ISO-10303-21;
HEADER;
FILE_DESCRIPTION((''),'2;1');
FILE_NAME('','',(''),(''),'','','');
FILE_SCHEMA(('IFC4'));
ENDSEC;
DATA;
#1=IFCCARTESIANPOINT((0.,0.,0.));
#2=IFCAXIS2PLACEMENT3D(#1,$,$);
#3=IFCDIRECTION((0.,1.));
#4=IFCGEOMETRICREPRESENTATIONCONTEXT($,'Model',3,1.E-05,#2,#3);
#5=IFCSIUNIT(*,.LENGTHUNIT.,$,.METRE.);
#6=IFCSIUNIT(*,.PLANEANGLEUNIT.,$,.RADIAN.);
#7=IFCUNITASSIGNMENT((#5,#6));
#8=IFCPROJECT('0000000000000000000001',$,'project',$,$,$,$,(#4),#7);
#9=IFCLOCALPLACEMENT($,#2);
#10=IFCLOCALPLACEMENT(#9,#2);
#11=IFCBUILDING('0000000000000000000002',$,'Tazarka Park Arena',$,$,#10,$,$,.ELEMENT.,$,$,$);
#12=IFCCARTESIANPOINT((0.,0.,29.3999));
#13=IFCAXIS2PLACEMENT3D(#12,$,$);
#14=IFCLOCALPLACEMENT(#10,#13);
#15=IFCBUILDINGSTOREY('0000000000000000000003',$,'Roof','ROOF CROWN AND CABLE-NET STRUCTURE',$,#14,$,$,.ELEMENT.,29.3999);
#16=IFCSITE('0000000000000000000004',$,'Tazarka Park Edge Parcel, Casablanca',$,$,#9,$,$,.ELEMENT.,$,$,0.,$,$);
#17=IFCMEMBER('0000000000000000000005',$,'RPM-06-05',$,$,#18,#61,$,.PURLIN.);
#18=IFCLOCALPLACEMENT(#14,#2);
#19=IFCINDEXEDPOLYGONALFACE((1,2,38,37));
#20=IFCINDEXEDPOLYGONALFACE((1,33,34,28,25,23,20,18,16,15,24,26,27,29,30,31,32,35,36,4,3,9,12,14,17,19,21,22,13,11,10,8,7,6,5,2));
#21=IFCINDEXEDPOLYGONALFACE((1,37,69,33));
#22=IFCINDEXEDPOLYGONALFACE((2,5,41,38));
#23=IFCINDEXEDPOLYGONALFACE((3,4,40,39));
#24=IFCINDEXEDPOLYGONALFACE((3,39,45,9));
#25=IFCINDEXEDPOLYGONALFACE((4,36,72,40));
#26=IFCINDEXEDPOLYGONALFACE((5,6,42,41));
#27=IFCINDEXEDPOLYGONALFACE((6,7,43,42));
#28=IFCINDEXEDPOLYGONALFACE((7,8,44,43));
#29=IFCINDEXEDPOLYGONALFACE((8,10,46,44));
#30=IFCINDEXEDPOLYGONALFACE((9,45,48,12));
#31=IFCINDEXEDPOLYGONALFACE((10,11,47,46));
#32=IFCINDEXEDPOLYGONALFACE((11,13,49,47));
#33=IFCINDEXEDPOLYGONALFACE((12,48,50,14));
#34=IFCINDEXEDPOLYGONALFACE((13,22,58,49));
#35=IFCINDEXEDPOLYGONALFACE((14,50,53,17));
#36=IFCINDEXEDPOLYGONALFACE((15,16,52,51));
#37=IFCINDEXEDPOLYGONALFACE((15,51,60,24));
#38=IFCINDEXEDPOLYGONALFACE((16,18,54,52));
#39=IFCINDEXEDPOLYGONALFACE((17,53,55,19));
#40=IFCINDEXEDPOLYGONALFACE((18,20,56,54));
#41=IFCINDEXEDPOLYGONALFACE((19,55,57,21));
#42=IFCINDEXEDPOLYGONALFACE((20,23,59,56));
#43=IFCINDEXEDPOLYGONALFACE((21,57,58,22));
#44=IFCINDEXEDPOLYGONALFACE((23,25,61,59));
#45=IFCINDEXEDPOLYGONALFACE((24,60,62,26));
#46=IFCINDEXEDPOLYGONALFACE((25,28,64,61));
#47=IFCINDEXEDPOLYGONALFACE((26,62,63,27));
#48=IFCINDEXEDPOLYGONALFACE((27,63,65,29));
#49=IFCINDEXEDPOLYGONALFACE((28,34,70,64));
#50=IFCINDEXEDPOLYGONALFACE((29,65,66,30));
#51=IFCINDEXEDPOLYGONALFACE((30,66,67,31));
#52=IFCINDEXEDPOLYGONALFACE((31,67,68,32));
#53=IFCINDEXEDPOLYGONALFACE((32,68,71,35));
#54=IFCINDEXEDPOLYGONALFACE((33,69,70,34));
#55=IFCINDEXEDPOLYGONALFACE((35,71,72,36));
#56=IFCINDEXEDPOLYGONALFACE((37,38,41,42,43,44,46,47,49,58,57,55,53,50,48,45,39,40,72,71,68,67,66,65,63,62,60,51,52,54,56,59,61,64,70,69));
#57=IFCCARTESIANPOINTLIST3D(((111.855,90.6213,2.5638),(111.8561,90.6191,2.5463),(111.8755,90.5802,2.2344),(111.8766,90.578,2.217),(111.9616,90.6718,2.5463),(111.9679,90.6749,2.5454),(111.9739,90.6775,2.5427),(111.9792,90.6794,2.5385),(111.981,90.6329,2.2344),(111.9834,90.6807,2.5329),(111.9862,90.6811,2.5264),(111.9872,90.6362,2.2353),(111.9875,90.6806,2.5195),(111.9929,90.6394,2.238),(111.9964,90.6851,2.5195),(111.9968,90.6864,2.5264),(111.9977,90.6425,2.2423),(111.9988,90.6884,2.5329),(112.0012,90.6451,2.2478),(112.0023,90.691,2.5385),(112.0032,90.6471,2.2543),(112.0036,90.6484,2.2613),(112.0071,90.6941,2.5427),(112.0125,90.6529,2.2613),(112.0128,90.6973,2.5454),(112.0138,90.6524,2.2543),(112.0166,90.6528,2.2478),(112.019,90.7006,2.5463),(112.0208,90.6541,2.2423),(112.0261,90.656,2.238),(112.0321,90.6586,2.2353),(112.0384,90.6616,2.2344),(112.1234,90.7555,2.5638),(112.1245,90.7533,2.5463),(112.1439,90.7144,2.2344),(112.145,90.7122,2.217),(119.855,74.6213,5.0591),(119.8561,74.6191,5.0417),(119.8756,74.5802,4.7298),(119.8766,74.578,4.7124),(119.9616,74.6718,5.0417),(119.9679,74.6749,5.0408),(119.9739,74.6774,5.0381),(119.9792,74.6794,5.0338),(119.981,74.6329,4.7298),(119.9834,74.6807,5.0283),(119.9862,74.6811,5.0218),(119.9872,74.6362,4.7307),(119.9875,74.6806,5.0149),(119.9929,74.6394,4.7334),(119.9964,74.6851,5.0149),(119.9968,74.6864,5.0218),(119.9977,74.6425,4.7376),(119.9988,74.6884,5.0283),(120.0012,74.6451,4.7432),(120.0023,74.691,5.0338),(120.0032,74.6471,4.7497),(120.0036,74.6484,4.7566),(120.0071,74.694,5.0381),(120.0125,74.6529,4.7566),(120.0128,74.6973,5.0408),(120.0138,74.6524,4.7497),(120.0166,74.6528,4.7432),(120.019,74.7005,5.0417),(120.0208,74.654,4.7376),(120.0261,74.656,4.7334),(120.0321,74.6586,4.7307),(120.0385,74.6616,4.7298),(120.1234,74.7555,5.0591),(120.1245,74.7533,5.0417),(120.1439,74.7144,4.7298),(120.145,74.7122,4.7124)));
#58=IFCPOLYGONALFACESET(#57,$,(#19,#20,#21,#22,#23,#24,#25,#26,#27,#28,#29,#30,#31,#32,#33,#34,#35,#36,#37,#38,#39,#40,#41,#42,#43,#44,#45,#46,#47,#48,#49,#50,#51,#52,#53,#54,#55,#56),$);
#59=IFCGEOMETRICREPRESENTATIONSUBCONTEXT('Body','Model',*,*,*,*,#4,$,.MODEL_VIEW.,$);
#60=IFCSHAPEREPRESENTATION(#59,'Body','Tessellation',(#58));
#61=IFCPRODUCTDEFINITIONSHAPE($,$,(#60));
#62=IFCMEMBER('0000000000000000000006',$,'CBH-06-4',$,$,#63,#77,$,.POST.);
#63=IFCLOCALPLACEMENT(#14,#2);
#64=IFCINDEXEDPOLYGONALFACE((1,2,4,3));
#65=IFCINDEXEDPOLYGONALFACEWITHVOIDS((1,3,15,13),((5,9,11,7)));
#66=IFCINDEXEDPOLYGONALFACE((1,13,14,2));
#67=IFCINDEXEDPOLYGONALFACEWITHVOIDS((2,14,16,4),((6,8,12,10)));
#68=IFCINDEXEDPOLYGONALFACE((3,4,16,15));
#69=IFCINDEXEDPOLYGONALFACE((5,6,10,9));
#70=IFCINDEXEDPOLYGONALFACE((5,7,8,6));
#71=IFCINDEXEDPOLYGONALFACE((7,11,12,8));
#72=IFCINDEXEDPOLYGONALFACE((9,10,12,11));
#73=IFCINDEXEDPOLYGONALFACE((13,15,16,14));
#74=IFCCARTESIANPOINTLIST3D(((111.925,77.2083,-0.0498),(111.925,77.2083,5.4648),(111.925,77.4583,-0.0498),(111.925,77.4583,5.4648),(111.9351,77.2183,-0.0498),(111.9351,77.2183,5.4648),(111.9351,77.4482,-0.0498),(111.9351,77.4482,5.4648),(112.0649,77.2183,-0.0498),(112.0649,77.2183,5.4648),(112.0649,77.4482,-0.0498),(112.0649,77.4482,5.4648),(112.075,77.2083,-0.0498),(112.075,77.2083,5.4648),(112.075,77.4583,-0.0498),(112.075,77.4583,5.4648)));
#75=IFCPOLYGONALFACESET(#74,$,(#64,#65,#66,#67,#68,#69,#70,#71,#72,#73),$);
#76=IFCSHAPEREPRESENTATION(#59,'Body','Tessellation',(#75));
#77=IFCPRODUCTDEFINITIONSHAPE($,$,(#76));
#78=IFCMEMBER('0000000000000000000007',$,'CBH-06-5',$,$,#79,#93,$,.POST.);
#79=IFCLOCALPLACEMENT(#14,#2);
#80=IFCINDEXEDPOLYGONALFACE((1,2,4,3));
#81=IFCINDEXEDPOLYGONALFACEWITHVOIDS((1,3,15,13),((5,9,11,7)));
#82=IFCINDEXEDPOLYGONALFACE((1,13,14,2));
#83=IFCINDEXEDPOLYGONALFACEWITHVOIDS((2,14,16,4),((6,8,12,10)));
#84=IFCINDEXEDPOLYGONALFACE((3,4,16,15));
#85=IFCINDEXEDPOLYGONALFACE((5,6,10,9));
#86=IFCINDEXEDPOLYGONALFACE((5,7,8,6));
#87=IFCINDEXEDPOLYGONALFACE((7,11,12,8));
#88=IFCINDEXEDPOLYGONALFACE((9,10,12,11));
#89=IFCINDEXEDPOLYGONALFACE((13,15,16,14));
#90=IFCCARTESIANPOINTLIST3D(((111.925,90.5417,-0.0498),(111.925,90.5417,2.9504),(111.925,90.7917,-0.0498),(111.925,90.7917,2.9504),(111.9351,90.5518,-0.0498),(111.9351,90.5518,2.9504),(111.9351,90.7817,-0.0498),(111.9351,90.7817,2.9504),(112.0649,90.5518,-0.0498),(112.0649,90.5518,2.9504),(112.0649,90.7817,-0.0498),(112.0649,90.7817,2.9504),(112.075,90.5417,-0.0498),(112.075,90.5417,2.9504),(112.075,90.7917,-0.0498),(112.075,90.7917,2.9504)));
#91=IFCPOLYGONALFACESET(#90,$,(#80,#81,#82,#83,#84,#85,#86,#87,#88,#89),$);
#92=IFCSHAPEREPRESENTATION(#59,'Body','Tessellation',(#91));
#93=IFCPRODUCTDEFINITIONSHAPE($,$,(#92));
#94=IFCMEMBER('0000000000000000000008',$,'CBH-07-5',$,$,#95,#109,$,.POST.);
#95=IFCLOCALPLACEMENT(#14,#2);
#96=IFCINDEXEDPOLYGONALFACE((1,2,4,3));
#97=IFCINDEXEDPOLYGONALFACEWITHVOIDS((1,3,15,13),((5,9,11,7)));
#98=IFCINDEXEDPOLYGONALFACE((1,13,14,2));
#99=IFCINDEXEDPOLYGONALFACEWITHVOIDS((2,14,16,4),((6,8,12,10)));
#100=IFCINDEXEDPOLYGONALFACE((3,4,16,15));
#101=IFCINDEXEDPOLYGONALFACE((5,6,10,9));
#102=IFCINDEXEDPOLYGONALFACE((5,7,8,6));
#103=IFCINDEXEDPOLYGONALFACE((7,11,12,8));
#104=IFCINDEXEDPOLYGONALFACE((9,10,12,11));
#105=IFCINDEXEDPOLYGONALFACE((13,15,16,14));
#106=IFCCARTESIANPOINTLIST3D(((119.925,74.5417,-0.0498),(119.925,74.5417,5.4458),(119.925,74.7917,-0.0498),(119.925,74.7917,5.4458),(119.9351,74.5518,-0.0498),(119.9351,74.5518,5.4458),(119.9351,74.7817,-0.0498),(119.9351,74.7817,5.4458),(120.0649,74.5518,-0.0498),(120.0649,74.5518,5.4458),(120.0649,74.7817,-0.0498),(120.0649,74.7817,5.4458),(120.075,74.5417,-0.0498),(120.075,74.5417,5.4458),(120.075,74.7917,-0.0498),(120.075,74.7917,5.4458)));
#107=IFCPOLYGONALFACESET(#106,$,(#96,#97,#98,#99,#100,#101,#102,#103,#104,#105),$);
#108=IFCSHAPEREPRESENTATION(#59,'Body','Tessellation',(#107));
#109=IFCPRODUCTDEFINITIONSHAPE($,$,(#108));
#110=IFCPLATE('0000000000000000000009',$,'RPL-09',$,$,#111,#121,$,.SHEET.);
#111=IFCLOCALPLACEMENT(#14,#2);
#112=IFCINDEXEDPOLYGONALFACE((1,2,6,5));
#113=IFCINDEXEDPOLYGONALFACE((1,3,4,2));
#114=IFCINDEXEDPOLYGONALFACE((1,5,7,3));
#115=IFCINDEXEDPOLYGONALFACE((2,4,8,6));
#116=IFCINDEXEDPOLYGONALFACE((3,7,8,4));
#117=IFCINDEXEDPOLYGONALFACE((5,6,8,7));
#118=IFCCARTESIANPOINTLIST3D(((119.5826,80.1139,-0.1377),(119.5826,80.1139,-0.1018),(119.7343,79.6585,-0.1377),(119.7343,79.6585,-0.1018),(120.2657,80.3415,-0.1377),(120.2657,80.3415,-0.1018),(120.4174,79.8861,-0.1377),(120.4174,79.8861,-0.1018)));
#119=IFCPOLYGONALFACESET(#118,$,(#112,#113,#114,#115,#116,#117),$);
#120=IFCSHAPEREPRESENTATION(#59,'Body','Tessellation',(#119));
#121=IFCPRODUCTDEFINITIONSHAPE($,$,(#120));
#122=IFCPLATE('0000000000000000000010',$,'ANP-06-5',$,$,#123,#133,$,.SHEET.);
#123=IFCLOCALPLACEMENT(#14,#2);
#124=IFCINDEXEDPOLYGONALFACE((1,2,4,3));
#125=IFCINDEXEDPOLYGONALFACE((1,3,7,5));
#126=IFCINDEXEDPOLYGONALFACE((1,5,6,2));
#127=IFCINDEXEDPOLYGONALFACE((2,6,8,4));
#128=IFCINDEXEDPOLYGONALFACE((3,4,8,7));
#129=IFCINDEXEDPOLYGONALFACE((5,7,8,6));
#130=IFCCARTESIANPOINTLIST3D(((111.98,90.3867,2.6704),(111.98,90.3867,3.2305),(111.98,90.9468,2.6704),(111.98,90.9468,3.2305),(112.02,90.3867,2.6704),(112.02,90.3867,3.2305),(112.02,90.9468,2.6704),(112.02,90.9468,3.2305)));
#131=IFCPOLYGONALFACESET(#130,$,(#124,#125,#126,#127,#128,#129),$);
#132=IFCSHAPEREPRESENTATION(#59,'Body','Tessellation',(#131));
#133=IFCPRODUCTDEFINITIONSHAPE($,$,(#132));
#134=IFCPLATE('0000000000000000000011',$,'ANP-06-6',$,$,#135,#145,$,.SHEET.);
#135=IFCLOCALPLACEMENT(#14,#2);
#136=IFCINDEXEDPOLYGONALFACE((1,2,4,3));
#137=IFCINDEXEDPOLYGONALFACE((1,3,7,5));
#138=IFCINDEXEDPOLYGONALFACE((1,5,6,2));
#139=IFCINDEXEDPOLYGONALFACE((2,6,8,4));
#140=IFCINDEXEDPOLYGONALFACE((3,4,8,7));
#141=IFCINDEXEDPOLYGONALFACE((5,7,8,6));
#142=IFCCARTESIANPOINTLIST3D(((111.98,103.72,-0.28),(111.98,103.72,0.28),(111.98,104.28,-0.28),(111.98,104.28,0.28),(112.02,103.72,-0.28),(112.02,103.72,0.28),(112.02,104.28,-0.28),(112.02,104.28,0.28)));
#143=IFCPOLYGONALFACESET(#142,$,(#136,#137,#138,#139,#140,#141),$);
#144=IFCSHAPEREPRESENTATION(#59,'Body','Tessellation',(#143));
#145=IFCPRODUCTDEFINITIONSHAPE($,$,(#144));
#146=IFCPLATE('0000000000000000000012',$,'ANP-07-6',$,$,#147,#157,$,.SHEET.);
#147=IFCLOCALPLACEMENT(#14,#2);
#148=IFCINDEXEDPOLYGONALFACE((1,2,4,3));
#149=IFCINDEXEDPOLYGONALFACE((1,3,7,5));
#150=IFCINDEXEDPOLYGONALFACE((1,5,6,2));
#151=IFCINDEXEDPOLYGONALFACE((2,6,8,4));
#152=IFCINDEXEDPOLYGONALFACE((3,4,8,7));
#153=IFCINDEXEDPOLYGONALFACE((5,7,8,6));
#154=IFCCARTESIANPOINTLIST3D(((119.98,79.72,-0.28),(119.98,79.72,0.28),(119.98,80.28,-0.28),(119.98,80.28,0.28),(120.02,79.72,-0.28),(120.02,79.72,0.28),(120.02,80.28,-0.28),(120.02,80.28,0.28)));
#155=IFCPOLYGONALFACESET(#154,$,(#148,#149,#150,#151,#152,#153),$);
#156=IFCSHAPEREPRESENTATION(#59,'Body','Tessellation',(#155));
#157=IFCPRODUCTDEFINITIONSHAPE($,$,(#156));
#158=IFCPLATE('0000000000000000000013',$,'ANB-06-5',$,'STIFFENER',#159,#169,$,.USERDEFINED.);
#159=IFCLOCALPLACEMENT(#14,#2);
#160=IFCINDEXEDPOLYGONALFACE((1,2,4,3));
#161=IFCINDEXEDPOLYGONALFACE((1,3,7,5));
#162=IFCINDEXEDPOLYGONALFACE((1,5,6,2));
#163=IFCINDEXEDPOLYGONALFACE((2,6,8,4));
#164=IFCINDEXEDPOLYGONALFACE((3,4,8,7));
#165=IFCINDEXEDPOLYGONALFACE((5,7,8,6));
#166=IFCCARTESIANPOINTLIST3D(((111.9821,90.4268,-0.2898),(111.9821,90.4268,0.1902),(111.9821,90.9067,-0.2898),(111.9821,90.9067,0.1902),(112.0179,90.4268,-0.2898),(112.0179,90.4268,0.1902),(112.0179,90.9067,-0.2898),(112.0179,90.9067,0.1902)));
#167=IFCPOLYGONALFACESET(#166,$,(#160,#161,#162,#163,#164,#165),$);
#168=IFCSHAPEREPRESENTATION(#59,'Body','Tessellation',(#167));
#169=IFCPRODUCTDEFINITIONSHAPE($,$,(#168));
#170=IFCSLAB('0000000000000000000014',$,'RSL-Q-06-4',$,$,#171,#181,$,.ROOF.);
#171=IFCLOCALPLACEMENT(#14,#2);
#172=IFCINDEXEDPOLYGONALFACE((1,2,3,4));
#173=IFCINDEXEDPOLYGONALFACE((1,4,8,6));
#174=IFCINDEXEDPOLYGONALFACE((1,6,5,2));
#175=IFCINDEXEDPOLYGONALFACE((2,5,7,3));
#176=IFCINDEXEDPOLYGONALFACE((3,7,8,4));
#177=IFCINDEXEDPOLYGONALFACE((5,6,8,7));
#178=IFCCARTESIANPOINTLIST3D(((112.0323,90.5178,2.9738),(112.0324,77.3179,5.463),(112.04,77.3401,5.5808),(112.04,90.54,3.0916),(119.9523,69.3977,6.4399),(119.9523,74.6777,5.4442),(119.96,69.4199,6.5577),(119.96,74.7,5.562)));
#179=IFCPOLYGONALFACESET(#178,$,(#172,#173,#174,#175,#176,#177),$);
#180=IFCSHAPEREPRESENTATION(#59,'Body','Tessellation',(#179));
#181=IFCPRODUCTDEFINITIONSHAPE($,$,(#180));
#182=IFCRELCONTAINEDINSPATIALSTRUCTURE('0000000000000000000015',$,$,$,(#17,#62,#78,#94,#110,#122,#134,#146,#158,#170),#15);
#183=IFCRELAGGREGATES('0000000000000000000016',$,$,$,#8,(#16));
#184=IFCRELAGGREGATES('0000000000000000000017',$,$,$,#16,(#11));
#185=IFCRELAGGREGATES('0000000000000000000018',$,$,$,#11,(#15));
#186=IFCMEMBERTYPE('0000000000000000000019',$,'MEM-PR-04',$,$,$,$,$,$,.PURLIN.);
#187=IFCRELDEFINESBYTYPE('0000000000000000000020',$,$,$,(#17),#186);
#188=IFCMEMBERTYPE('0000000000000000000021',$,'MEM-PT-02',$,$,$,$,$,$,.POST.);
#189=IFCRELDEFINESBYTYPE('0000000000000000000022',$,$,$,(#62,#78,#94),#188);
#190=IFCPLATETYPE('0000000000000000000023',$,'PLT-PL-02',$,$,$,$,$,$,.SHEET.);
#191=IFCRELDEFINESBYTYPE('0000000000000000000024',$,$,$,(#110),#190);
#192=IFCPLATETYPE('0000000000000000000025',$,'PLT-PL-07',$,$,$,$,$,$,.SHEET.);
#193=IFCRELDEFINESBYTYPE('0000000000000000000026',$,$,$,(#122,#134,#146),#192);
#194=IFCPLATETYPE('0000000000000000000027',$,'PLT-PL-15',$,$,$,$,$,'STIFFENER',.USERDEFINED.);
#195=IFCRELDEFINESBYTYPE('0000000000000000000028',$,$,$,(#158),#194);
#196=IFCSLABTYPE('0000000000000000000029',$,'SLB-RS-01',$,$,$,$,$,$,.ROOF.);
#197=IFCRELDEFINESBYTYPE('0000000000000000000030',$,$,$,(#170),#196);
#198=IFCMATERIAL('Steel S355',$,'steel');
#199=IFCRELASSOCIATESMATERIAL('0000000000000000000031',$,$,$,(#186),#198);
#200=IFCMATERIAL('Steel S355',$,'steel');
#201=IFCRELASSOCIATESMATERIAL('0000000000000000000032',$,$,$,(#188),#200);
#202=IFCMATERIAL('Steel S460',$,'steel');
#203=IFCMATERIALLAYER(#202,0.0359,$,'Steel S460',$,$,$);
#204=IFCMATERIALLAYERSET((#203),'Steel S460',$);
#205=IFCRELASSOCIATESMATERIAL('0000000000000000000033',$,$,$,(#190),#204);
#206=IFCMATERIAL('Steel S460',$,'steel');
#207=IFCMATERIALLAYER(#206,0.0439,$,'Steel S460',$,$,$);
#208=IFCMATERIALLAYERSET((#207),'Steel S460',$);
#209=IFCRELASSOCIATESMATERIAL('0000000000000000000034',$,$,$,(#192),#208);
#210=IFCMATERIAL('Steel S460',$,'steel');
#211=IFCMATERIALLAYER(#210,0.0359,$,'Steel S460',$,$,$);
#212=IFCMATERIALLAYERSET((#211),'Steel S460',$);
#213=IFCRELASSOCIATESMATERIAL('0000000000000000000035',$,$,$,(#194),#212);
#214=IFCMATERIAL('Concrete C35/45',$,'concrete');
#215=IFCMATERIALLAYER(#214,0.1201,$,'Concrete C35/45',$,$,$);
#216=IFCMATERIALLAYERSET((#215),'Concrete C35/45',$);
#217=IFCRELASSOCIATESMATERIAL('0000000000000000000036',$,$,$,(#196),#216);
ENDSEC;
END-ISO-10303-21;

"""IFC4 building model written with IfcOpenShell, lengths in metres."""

from ifc_helpers import new_model, si_unit, direction, frame, origin, origin_2d, place, context, subcontext, project, spatial, polyline, rectangle, hollow_rectangle, i_section, outline, extrude, material, layer, layer_set, material_profile, profile_set, type_object, element, save


model = new_model("IFC4")

# Units and contexts
model_context = context("Model", 3, precision=1e-05, world=origin(), true_north=direction((0.0, 1.0)))
body_context = subcontext(model_context, "Body", "Model", "MODEL_VIEW")
ifc_project = project(units=[si_unit("LENGTHUNIT", "METRE"), si_unit("PLANEANGLEUNIT", "RADIAN")], contexts=[model_context])

# Site, building, storey
site_placement = place(None, origin())
site = spatial("IfcSite", under=ifc_project, at=site_placement, Name="Tazarka Park Edge Parcel, Casablanca", CompositionType="ELEMENT", RefElevation=0.0)
building_placement = place(site_placement, origin())
building = spatial("IfcBuilding", under=site, at=building_placement, Name="Tazarka Park Arena", CompositionType="ELEMENT")
storey_placement = place(building_placement, frame((0.0, 0.0, 29.3999)))
storey = spatial("IfcBuildingStorey", under=building, at=storey_placement, Name="Roof", Description="ROOF CROWN AND CABLE-NET STRUCTURE", CompositionType="ELEMENT", Elevation=29.3999)

# Members
ifc_material_1 = material(Name="Steel S355", Category="steel")
ifc_material_profile_1 = material_profile(ifc_material_1, i_section(OverallWidth=0.3, OverallDepth=0.3501, WebThickness=0.01, FlangeThickness=0.0176, FilletRadius=0.0271, at=origin_2d()), Name="Steel S355")
ifc_profile_set_1 = profile_set([ifc_material_profile_1], Name="Steel S355")
member_type_1 = type_object("IfcMemberType", Name="MEM-PR-04", PredefinedType="PURLIN", material=ifc_profile_set_1)
member_1_placement = place(storey_placement, frame((112.0, 90.6667, 2.3904), z_axis=(0.442925, -0.88585, 0.138157), x_axis=(0.894427, 0.447214, 0.0)))
element("IfcMember", 1, at=member_1_placement, inside=storey, type_object=member_type_1, Name="RPM-06-05", PredefinedType="PURLIN", context=body_context, shape_type="SweptSolid", body=[
    extrude(i_section(OverallWidth=0.3, OverallDepth=0.3501, WebThickness=0.01, FlangeThickness=0.0176, FilletRadius=0.0271, at=origin_2d()), origin(), (0.0, 0.0, 1.0), 18.0618),
])
ifc_material_2 = material(Name="Steel S355", Category="steel")
ifc_material_profile_2 = material_profile(ifc_material_2, hollow_rectangle(XDim=0.1499, YDim=0.25, WallThickness=0.01, at=origin_2d()), Name="Steel S355")
ifc_profile_set_2 = profile_set([ifc_material_profile_2], Name="Steel S355")
member_type_2 = type_object("IfcMemberType", Name="MEM-PT-02", PredefinedType="POST", material=ifc_profile_set_2)
member_2_placement = place(storey_placement, frame((112.0, 77.3333, -0.0498), z_axis=(0.0, 0.0, 1.0), x_axis=(1.0, 0.0, 0.0)))
element("IfcMember", 2, at=member_2_placement, inside=storey, type_object=member_type_2, Name="CBH-06-4", PredefinedType="POST", context=body_context, shape_type="SweptSolid", body=[
    extrude(hollow_rectangle(XDim=0.1499, YDim=0.25, WallThickness=0.01, at=origin_2d()), origin(), (0.0, 0.0, 1.0), 5.5146),
])
member_3_placement = place(storey_placement, frame((112.0, 90.6667, -0.0498), z_axis=(0.0, 0.0, 1.0), x_axis=(1.0, 0.0, 0.0)))
element("IfcMember", 3, at=member_3_placement, inside=storey, type_object=member_type_2, Name="CBH-06-5", PredefinedType="POST", context=body_context, shape_type="SweptSolid", body=[
    extrude(hollow_rectangle(XDim=0.1499, YDim=0.25, WallThickness=0.01, at=origin_2d()), origin(), (0.0, 0.0, 1.0), 3.0002),
])
member_4_placement = place(storey_placement, frame((120.0, 74.6667, -0.0498), z_axis=(0.0, 0.0, 1.0), x_axis=(1.0, 0.0, 0.0)))
element("IfcMember", 4, at=member_4_placement, inside=storey, type_object=member_type_2, Name="CBH-07-5", PredefinedType="POST", context=body_context, shape_type="SweptSolid", body=[
    extrude(hollow_rectangle(XDim=0.1499, YDim=0.25, WallThickness=0.01, at=origin_2d()), origin(), (0.0, 0.0, 1.0), 5.4956),
])

# Plates
ifc_material_3 = material(Name="Steel S460", Category="steel")
ifc_layer_1 = layer(ifc_material_3, 0.0359, Name="Steel S460")
ifc_layer_set_1 = layer_set([ifc_layer_1], Name="Steel S460")
plate_type_1 = type_object("IfcPlateType", Name="PLT-PL-02", PredefinedType="SHEET", material=ifc_layer_set_1)
plate_1_placement = place(storey_placement, frame((120.0, 80.0, -0.1377), z_axis=(0.0, 0.0, 1.0), x_axis=(0.948711, 0.316146, 0.0)))
element("IfcPlate", 5, at=plate_1_placement, inside=storey, type_object=plate_type_1, Name="RPL-09", PredefinedType="SHEET", context=body_context, shape_type="SweptSolid", body=[
    extrude(rectangle(XDim=0.72, YDim=0.48, at=origin_2d()), origin(), (0.0, 0.0, 1.0), 0.0359),
])
ifc_material_4 = material(Name="Steel S460", Category="steel")
ifc_layer_2 = layer(ifc_material_4, 0.0439, Name="Steel S460")
ifc_layer_set_2 = layer_set([ifc_layer_2], Name="Steel S460")
plate_type_2 = type_object("IfcPlateType", Name="PLT-PL-07", PredefinedType="SHEET", material=ifc_layer_set_2)
for number, where, z_axis, x_axis, name in (
    (6, (112.0, 90.6667, 2.6704), (0.0, 0.0, 1.0), (1.0, 0.0, 0.0), "ANP-06-5"),
    (7, (112.0, 104.0, -0.28), (0.0, 0.0, 1.0), (1.0, 0.0, 0.0), "ANP-06-6"),
    (8, (120.0, 80.0, -0.28), (0.0, 0.0, 1.0), (1.0, 0.0, 0.0), "ANP-07-6"),
):
    element("IfcPlate", number, at=place(storey_placement, frame(where, z_axis=z_axis, x_axis=x_axis)), inside=storey, type_object=plate_type_2, Name=name, PredefinedType="SHEET", context=body_context, shape_type="SweptSolid", body=[
        extrude(rectangle(XDim=0.04, YDim=0.5601, at=origin_2d()), origin(), (0.0, 0.0, 1.0), 0.5601),
    ])
ifc_material_5 = material(Name="Steel S460", Category="steel")
ifc_layer_3 = layer(ifc_material_5, 0.0359, Name="Steel S460")
ifc_layer_set_3 = layer_set([ifc_layer_3], Name="Steel S460")
plate_type_3 = type_object("IfcPlateType", Name="PLT-PL-15", ElementType="STIFFENER", PredefinedType="USERDEFINED", material=ifc_layer_set_3)
plate_2_placement = place(storey_placement, frame((112.0, 90.6667, -0.2898), z_axis=(0.0, 0.0, 1.0), x_axis=(1.0, 0.0, 0.0)))
element("IfcPlate", 9, at=plate_2_placement, inside=storey, type_object=plate_type_3, Name="ANB-06-5", ObjectType="STIFFENER", PredefinedType="USERDEFINED", context=body_context, shape_type="SweptSolid", body=[
    extrude(rectangle(XDim=0.0359, YDim=0.48, at=origin_2d()), origin(), (0.0, 0.0, 1.0), 0.48),
])

# Slab
ifc_material_6 = material(Name="Concrete C35/45", Category="concrete")
ifc_layer_4 = layer(ifc_material_6, 0.1201, Name="Concrete C35/45")
ifc_layer_set_4 = layer_set([ifc_layer_4], Name="Concrete C35/45")
slab_type_1 = type_object("IfcSlabType", Name="SLB-RS-01", PredefinedType="ROOF", material=ifc_layer_set_4)
slab_1_placement = place(storey_placement, frame((112.04, 77.3401, 5.5808), z_axis=(0.063975, 0.184929, 0.980667), x_axis=(0.70442, -0.704445, 0.086887)))
element("IfcSlab", 10, at=slab_1_placement, inside=storey, type_object=slab_type_1, Name="RSL-Q-06-4", PredefinedType="ROOF", context=body_context, shape_type="SweptSolid", body=[
    extrude(outline(polyline([(0.0, 0.0), (11.2432, 0.0), (7.4371, 3.7927), (-9.5149, 9.4816), (0.0, 0.0)])), origin(), (0.0, 0.0, -1.0), 0.1201),
])

save(model, "model.ifc")
